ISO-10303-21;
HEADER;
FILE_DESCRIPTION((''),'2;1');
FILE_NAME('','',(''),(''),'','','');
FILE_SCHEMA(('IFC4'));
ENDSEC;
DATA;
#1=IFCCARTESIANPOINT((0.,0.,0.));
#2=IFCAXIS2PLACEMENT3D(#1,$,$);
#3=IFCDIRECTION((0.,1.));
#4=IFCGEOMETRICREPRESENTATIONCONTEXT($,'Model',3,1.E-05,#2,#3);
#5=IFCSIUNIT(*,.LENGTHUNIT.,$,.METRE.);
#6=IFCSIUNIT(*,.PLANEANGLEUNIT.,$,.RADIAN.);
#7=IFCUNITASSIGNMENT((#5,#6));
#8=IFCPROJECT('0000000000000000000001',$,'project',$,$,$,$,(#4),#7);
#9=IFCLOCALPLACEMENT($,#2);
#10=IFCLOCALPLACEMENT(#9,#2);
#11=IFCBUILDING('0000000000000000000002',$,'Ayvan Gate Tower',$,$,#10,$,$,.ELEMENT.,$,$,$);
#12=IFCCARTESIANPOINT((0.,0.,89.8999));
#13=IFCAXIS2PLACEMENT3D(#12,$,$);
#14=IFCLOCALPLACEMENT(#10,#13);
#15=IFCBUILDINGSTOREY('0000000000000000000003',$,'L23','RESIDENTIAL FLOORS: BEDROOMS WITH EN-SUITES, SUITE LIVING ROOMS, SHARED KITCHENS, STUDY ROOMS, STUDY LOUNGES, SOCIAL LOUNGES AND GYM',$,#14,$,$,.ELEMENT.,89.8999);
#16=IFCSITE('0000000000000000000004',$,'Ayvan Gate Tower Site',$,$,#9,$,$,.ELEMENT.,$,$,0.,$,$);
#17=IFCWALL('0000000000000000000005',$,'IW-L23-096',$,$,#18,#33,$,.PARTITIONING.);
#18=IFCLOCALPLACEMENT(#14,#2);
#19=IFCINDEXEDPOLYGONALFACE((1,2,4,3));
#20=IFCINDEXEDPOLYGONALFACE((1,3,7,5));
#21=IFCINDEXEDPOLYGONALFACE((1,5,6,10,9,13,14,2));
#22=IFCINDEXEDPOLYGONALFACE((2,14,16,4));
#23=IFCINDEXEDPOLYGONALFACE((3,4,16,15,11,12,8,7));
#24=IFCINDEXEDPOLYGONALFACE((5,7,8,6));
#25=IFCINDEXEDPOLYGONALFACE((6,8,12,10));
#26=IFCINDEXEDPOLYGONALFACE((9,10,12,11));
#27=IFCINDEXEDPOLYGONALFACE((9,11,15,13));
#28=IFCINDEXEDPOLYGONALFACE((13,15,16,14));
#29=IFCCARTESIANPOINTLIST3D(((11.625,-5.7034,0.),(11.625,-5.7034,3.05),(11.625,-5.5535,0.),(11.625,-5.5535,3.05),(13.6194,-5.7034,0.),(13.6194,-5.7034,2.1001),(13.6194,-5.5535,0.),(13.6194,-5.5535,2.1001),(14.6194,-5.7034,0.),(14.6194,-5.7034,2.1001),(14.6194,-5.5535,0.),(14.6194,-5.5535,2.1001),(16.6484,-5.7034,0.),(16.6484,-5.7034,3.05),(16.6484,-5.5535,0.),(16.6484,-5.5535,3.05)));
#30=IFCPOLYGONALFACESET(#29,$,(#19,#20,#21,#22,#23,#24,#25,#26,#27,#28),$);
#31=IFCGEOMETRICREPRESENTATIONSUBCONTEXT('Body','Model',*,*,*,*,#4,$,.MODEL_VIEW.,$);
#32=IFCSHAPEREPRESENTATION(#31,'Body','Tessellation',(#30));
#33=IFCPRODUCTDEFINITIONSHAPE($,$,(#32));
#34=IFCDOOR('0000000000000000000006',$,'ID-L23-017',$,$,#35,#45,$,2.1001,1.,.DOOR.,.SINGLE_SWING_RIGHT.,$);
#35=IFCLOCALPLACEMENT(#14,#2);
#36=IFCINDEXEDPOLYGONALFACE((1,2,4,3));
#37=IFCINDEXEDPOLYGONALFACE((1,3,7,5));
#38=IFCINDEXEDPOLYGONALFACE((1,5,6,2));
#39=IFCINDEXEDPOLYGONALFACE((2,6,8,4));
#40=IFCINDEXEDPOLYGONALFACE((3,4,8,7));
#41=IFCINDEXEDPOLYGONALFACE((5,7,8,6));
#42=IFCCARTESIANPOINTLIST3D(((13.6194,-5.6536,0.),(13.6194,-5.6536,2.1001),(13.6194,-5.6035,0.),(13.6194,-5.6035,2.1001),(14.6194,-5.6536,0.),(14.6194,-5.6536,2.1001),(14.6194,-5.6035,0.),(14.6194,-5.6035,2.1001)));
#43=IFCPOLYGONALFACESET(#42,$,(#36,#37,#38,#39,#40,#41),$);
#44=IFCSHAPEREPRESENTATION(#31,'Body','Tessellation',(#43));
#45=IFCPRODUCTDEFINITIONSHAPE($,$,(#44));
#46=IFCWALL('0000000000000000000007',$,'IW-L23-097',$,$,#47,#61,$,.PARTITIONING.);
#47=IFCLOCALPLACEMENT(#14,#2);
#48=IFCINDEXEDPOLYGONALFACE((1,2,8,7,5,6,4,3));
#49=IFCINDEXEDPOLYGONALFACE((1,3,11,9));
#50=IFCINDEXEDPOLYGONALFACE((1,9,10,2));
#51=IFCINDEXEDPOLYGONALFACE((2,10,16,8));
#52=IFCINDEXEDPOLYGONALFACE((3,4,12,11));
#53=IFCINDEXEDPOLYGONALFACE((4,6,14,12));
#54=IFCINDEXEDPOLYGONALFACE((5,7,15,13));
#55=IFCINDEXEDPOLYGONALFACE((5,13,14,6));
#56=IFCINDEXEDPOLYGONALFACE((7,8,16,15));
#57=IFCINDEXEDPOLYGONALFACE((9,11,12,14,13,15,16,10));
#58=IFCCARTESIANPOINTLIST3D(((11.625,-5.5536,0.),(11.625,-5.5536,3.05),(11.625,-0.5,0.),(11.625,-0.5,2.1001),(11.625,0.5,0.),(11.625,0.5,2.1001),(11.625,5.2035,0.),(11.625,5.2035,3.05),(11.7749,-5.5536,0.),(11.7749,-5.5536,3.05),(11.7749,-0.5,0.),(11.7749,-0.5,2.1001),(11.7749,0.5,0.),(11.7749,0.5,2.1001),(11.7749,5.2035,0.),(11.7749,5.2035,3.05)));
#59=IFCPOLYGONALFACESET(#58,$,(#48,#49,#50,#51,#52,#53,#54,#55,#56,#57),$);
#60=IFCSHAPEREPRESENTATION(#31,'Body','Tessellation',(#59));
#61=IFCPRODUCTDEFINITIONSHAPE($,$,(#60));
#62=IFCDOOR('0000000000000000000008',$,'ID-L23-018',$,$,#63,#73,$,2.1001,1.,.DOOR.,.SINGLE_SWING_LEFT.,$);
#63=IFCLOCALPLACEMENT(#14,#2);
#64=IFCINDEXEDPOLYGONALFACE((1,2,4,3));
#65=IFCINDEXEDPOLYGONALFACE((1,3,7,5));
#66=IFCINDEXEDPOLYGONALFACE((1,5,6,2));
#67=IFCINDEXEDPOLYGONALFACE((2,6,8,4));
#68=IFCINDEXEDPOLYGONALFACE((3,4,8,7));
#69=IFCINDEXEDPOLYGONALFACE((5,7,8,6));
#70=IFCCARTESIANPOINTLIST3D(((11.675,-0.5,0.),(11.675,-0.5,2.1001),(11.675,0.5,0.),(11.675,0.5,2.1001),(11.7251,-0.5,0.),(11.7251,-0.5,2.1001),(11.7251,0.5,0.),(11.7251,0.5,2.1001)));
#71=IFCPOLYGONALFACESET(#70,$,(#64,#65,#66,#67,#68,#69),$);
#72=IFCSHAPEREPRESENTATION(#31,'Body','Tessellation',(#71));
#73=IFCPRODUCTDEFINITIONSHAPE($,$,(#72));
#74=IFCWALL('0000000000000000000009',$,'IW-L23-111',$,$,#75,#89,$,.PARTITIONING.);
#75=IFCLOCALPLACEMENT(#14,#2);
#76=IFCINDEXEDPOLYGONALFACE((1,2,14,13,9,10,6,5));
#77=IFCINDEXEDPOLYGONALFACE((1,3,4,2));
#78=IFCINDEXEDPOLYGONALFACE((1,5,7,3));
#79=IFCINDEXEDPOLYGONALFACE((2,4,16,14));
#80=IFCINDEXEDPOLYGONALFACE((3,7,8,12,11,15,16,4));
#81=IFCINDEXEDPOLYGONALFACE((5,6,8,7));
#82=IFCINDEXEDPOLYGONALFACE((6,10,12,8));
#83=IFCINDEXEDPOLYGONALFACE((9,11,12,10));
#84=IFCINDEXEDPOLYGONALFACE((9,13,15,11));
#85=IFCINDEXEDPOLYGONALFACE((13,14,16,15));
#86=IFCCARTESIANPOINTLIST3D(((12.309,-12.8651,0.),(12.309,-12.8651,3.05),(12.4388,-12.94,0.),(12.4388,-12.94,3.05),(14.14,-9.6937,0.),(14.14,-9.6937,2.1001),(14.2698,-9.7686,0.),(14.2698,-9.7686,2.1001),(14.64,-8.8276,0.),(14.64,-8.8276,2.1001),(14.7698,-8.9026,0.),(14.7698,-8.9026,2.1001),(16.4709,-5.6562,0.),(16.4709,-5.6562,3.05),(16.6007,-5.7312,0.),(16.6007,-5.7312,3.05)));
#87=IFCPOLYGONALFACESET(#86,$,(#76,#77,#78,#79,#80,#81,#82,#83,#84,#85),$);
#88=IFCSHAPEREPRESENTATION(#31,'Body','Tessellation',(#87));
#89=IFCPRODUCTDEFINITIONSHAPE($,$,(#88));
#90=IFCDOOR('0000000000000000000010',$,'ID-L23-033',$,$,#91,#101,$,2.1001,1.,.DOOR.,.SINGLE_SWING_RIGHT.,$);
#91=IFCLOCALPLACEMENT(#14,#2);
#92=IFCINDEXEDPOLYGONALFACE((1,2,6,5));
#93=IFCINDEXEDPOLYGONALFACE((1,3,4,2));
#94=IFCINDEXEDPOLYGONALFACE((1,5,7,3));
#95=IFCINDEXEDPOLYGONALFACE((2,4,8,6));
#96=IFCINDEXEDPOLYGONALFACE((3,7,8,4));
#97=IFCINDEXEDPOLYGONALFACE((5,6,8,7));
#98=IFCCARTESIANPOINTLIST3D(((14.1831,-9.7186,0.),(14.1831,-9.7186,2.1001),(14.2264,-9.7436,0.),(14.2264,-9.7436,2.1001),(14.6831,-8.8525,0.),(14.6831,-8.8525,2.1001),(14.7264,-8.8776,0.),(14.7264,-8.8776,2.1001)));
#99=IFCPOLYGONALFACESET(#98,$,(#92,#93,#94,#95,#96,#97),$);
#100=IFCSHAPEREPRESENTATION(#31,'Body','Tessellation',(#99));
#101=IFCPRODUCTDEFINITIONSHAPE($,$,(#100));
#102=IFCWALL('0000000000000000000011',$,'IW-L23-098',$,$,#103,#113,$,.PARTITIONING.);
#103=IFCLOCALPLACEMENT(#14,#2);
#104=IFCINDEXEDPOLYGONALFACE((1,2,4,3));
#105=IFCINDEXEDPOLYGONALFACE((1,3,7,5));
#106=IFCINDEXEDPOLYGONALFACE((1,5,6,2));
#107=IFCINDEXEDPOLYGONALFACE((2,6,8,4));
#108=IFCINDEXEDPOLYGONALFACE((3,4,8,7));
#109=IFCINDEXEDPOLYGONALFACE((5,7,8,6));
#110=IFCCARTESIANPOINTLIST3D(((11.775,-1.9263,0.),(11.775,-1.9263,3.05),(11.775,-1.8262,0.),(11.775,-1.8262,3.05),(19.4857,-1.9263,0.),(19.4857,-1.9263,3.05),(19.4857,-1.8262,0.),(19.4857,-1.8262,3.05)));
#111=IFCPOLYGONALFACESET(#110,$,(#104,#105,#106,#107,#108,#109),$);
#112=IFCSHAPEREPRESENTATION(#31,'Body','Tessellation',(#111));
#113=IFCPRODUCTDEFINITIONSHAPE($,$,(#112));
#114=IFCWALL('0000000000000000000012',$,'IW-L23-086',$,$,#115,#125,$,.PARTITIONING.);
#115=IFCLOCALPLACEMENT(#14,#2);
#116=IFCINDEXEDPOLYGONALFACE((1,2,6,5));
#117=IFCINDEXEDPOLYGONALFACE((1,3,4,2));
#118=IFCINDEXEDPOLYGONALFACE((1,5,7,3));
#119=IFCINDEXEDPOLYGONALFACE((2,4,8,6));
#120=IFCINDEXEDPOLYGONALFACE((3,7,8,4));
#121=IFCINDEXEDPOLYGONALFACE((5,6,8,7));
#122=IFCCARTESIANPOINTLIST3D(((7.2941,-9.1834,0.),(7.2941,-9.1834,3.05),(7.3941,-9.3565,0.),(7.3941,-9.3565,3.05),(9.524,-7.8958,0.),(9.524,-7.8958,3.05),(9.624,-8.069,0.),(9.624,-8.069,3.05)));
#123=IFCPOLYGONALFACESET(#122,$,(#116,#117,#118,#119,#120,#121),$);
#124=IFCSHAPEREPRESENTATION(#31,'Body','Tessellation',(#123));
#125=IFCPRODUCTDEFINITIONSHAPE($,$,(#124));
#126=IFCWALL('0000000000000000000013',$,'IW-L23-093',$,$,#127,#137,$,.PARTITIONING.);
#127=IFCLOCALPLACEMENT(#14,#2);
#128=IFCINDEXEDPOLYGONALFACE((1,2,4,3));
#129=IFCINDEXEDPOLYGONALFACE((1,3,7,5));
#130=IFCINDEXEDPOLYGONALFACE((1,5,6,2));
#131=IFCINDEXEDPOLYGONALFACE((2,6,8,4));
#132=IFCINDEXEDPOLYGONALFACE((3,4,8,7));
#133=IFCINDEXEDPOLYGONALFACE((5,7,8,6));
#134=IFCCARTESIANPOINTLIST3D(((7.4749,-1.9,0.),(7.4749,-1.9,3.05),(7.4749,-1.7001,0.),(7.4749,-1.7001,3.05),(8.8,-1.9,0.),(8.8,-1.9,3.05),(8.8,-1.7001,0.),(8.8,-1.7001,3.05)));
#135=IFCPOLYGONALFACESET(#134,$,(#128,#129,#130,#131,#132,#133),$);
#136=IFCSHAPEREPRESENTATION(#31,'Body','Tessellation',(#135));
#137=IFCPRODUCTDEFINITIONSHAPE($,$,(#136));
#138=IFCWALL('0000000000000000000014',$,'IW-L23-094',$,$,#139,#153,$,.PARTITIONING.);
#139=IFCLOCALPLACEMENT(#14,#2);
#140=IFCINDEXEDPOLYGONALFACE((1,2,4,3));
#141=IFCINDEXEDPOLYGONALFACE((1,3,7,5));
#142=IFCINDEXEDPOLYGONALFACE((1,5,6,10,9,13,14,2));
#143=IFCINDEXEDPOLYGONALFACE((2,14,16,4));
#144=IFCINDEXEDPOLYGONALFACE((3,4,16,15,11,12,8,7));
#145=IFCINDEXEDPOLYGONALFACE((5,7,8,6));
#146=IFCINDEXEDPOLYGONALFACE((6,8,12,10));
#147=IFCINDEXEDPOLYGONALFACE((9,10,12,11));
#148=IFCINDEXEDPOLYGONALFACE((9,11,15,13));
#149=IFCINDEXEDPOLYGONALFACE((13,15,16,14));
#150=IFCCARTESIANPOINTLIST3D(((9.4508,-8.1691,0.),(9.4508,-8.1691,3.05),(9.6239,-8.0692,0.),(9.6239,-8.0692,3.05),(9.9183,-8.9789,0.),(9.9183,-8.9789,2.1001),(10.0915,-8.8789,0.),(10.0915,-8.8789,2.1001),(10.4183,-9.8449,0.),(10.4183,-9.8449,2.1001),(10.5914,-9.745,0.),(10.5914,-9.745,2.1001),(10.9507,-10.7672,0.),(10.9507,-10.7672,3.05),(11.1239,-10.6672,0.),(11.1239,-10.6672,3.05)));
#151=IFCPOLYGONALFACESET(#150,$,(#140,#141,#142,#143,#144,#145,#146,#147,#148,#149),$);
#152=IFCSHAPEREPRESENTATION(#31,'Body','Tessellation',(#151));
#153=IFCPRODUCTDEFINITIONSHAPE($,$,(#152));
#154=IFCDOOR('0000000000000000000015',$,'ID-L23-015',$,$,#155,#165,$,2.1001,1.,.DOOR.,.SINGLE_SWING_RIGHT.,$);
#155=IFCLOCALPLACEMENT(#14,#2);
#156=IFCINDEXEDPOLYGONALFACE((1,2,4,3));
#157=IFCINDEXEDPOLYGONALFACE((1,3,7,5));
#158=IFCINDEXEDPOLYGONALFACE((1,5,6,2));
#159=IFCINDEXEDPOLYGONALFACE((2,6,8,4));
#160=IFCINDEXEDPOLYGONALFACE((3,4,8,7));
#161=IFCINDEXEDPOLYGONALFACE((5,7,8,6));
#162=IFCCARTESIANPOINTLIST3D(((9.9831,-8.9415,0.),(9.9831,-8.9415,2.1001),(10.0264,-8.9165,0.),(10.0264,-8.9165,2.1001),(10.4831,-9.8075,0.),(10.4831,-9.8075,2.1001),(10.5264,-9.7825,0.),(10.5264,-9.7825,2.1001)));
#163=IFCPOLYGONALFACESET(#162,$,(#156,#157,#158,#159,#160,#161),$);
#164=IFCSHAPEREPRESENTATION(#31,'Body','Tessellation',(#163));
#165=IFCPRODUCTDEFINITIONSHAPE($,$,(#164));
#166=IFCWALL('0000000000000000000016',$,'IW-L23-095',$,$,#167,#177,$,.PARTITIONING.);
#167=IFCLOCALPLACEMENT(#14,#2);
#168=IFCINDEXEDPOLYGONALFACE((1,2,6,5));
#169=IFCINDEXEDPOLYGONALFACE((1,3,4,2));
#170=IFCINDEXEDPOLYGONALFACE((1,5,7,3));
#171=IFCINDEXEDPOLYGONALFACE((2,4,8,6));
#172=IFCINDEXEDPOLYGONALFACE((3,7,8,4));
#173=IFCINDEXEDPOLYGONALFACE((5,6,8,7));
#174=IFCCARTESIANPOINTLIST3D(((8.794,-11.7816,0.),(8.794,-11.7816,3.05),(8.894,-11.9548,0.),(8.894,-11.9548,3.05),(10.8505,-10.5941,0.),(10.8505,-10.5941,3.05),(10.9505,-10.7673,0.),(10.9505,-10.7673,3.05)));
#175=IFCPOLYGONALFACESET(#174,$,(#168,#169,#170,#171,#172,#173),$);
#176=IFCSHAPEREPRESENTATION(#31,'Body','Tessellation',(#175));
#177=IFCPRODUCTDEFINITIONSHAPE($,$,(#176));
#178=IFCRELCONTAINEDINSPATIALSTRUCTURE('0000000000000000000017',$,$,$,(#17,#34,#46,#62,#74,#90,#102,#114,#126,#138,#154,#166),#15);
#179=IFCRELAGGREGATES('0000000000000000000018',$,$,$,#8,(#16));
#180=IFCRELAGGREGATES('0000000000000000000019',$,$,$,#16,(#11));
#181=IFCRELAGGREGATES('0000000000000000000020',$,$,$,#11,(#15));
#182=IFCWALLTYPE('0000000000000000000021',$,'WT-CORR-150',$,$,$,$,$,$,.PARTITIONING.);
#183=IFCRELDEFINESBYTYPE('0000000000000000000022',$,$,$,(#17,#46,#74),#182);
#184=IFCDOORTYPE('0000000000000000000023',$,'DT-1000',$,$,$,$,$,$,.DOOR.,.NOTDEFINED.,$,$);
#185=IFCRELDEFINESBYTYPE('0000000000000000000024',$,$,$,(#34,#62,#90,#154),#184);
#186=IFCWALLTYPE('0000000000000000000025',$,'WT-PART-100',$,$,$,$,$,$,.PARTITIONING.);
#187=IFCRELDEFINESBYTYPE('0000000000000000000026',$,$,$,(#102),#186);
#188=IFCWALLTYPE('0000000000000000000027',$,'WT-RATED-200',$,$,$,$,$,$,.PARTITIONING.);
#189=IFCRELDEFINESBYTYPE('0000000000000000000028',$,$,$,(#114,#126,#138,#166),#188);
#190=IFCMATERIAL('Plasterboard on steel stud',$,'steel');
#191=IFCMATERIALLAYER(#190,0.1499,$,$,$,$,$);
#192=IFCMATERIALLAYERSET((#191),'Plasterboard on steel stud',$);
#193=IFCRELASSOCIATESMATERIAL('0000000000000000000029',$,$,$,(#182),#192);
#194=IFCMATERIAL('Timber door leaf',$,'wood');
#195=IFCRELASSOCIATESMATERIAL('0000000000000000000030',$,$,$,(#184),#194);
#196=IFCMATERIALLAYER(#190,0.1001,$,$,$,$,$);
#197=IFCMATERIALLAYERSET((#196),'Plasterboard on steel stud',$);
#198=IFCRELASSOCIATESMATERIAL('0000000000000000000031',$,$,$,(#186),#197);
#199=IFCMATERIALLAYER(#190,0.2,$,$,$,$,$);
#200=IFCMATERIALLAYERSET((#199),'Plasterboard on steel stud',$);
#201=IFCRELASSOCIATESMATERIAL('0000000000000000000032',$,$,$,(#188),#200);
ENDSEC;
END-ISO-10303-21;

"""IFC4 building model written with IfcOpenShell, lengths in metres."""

from ifc_helpers import new_model, si_unit, direction, frame, frame_2d, origin, place, context, subcontext, project, spatial, rectangle, extrude, material, layer, layer_set, type_object, element, fill, save


model = new_model("IFC4")

# Units and contexts
model_context = context("Model", 3, precision=1e-05, world=origin(), true_north=direction((0.0, 1.0)))
body_context = subcontext(model_context, "Body", "Model", "MODEL_VIEW")
ifc_project = project(units=[si_unit("LENGTHUNIT", "METRE"), si_unit("PLANEANGLEUNIT", "RADIAN")], contexts=[model_context])

# Site, building, storey
site_placement = place(None, origin())
site = spatial("IfcSite", under=ifc_project, at=site_placement, Name="Ayvan Gate Tower Site", CompositionType="ELEMENT", RefElevation=0.0)
building_placement = place(site_placement, origin())
building = spatial("IfcBuilding", under=site, at=building_placement, Name="Ayvan Gate Tower", CompositionType="ELEMENT")
storey_placement = place(building_placement, frame((0.0, 0.0, 89.8999)))
storey = spatial("IfcBuildingStorey", under=building, at=storey_placement, Name="L23", Description="RESIDENTIAL FLOORS: BEDROOMS WITH EN-SUITES, SUITE LIVING ROOMS, SHARED KITCHENS, STUDY ROOMS, STUDY LOUNGES, SOCIAL LOUNGES AND GYM", CompositionType="ELEMENT", Elevation=89.8999)

# Walls, openings, doors
ifc_material_1 = material(Name="Timber door leaf", Category="wood")
ifc_material_2 = material(Name="Plasterboard on steel stud", Category="steel")
ifc_layer_1 = layer(ifc_material_2, 0.1499)
ifc_layer_set_1 = layer_set([ifc_layer_1], Name="Plasterboard on steel stud")
wall_type_1 = type_object("IfcWallType", Name="WT-CORR-150", PredefinedType="PARTITIONING", material=ifc_layer_set_1)
wall_1_placement = place(storey_placement, frame((11.625, -5.6284, 0.0), z_axis=(0.0, 0.0, 1.0), x_axis=(1.0, 0.0, 0.0)))
wall_1 = element("IfcWall", 1, at=wall_1_placement, inside=storey, type_object=wall_type_1, Name="IW-L23-096", PredefinedType="PARTITIONING", context=body_context, shape_type="SweptSolid", body=[
    extrude(rectangle(XDim=5.0234, YDim=0.1499, at=frame_2d((2.5117, 0.0))), origin(), (0.0, 0.0, 1.0), 3.05),
])
opening_1_placement = place(wall_1_placement, frame((1.9944, 0.0, 0.0)))
opening_1 = element("IfcOpeningElement", 2, at=opening_1_placement, cuts=wall_1, PredefinedType="OPENING", context=body_context, shape_type="SweptSolid", body=[
    extrude(rectangle(XDim=1.0, YDim=2.1001, at=frame_2d((0.5, 1.05))), frame((0.0, 0.085, 0.0), z_axis=(0.0, -1.0, 0.0), x_axis=(1.0, 0.0, 0.0)), (0.0, 0.0, 1.0), 0.1699),
])
door_type_1 = type_object("IfcDoorType", Name="DT-1000", OperationType="NOTDEFINED", PredefinedType="DOOR", material=ifc_material_1)
door_1_placement = place(opening_1_placement, origin())
door_1 = element("IfcDoor", 3, at=door_1_placement, inside=storey, type_object=door_type_1, Name="ID-L23-017", OperationType="SINGLE_SWING_RIGHT", OverallHeight=2.1001, OverallWidth=1.0, PredefinedType="DOOR", context=body_context, shape_type="SweptSolid", body=[
    extrude(rectangle(XDim=1.0, YDim=2.1001, at=frame_2d((0.5, 1.05))), frame((0.0, 0.0249, 0.0), z_axis=(0.0, -1.0, 0.0), x_axis=(1.0, 0.0, 0.0)), (0.0, 0.0, 1.0), 0.05),
])
fill(opening_1, door_1)
wall_2_placement = place(storey_placement, frame((11.7, -5.5535, 0.0), z_axis=(0.0, 0.0, 1.0), x_axis=(0.0, 1.0, 0.0)))
wall_2 = element("IfcWall", 4, at=wall_2_placement, inside=storey, type_object=wall_type_1, Name="IW-L23-097", PredefinedType="PARTITIONING", context=body_context, shape_type="SweptSolid", body=[
    extrude(rectangle(XDim=10.7571, YDim=0.1499, at=frame_2d((5.3784, 0.0))), origin(), (0.0, 0.0, 1.0), 3.05),
])
opening_2_placement = place(wall_2_placement, frame((5.0535, 0.0, 0.0)))
opening_2 = element("IfcOpeningElement", 5, at=opening_2_placement, cuts=wall_2, PredefinedType="OPENING", context=body_context, shape_type="SweptSolid", body=[
    extrude(rectangle(XDim=1.0, YDim=2.1001, at=frame_2d((0.5, 1.05))), frame((0.0, 0.085, 0.0), z_axis=(0.0, -1.0, 0.0), x_axis=(1.0, 0.0, 0.0)), (0.0, 0.0, 1.0), 0.1699),
])
door_2_placement = place(opening_2_placement, origin())
door_2 = element("IfcDoor", 6, at=door_2_placement, inside=storey, type_object=door_type_1, Name="ID-L23-018", OperationType="SINGLE_SWING_LEFT", OverallHeight=2.1001, OverallWidth=1.0, PredefinedType="DOOR", context=body_context, shape_type="SweptSolid", body=[
    extrude(rectangle(XDim=1.0, YDim=2.1001, at=frame_2d((0.5, 1.05))), frame((0.0, 0.0249, 0.0), z_axis=(0.0, -1.0, 0.0), x_axis=(1.0, 0.0, 0.0)), (0.0, 0.0, 1.0), 0.05),
])
fill(opening_2, door_2)
wall_3_placement = place(storey_placement, frame((16.5359, -5.6936, 0.0), z_axis=(0.0, 0.0, 1.0), x_axis=(-0.499991, -0.866031, 0.0)))
wall_3 = element("IfcWall", 7, at=wall_3_placement, inside=storey, type_object=wall_type_1, Name="IW-L23-111", PredefinedType="PARTITIONING", context=body_context, shape_type="SweptSolid", body=[
    extrude(rectangle(XDim=8.324, YDim=0.1499, at=frame_2d((4.1621, 0.0))), origin(), (0.0, 0.0, 1.0), 3.05),
])
opening_3_placement = place(wall_3_placement, frame((3.6621, 0.0, 0.0)))
opening_3 = element("IfcOpeningElement", 8, at=opening_3_placement, cuts=wall_3, PredefinedType="OPENING", context=body_context, shape_type="SweptSolid", body=[
    extrude(rectangle(XDim=1.0, YDim=2.1001, at=frame_2d((0.5, 1.05))), frame((0.0, 0.085, 0.0), z_axis=(0.0, -1.0, 0.0), x_axis=(1.0, 0.0, 0.0)), (0.0, 0.0, 1.0), 0.1699),
])
door_3_placement = place(opening_3_placement, origin())
door_3 = element("IfcDoor", 9, at=door_3_placement, inside=storey, type_object=door_type_1, Name="ID-L23-033", OperationType="SINGLE_SWING_RIGHT", OverallHeight=2.1001, OverallWidth=1.0, PredefinedType="DOOR", context=body_context, shape_type="SweptSolid", body=[
    extrude(rectangle(XDim=1.0, YDim=2.1001, at=frame_2d((0.5, 1.05))), frame((0.0, 0.0249, 0.0), z_axis=(0.0, -1.0, 0.0), x_axis=(1.0, 0.0, 0.0)), (0.0, 0.0, 1.0), 0.05),
])
fill(opening_3, door_3)

# Walls
ifc_layer_2 = layer(ifc_material_2, 0.1001)
ifc_layer_set_2 = layer_set([ifc_layer_2], Name="Plasterboard on steel stud")
wall_type_2 = type_object("IfcWallType", Name="WT-PART-100", PredefinedType="PARTITIONING", material=ifc_layer_set_2)
wall_4_placement = place(storey_placement, frame((11.7749, -1.8762, 0.0), z_axis=(0.0, 0.0, 1.0), x_axis=(1.0, 0.0, 0.0)))
element("IfcWall", 10, at=wall_4_placement, inside=storey, type_object=wall_type_2, Name="IW-L23-098", PredefinedType="PARTITIONING", context=body_context, shape_type="SweptSolid", body=[
    extrude(rectangle(XDim=7.7107, YDim=0.1001, at=frame_2d((3.8555, 0.0))), origin(), (0.0, 0.0, 1.0), 3.05),
])
ifc_layer_3 = layer(ifc_material_2, 0.2)
ifc_layer_set_3 = layer_set([ifc_layer_3], Name="Plasterboard on steel stud")
wall_type_3 = type_object("IfcWallType", Name="WT-RATED-200", PredefinedType="PARTITIONING", material=ifc_layer_set_3)
wall_5_placement = place(storey_placement, frame((7.344, -9.27, 0.0), z_axis=(0.0, 0.0, 1.0), x_axis=(0.866006, 0.500034, 0.0)))
element("IfcWall", 11, at=wall_5_placement, inside=storey, type_object=wall_type_3, Name="IW-L23-086", PredefinedType="PARTITIONING", context=body_context, shape_type="SweptSolid", body=[
    extrude(rectangle(XDim=2.575, YDim=0.2, at=frame_2d((1.2876, 0.0))), origin(), (0.0, 0.0, 1.0), 3.05),
])
wall_6_placement = place(storey_placement, frame((8.8, -1.8, 0.0), z_axis=(0.0, 0.0, 1.0), x_axis=(-1.0, 0.0, 0.0)))
element("IfcWall", 12, at=wall_6_placement, inside=storey, type_object=wall_type_3, Name="IW-L23-093", PredefinedType="PARTITIONING", context=body_context, shape_type="SweptSolid", body=[
    extrude(rectangle(XDim=1.3252, YDim=0.2, at=frame_2d((0.6626, 0.0))), origin(), (0.0, 0.0, 1.0), 3.05),
])

# Wall, opening, door
wall_7_placement = place(storey_placement, frame((9.5374, -8.1191, 0.0), z_axis=(0.0, 0.0, 1.0), x_axis=(0.49999, -0.866031, 0.0)))
wall_7 = element("IfcWall", 13, at=wall_7_placement, inside=storey, type_object=wall_type_3, Name="IW-L23-094", PredefinedType="PARTITIONING", context=body_context, shape_type="SweptSolid", body=[
    extrude(rectangle(XDim=3.0, YDim=0.2, at=frame_2d((1.5, 0.0))), origin(), (0.0, 0.0, 1.0), 3.05),
])
opening_4_placement = place(wall_7_placement, frame((0.9351, 0.0, 0.0)))
opening_4 = element("IfcOpeningElement", 14, at=opening_4_placement, cuts=wall_7, PredefinedType="OPENING", context=body_context, shape_type="SweptSolid", body=[
    extrude(rectangle(XDim=1.0, YDim=2.1001, at=frame_2d((0.5, 1.05))), frame((0.0, 0.1099, 0.0), z_axis=(0.0, -1.0, 0.0), x_axis=(1.0, 0.0, 0.0)), (0.0, 0.0, 1.0), 0.22),
])
door_4_placement = place(opening_4_placement, origin())
door_4 = element("IfcDoor", 15, at=door_4_placement, inside=storey, type_object=door_type_1, Name="ID-L23-015", OperationType="SINGLE_SWING_RIGHT", OverallHeight=2.1001, OverallWidth=1.0, PredefinedType="DOOR", context=body_context, shape_type="SweptSolid", body=[
    extrude(rectangle(XDim=1.0, YDim=2.1001, at=frame_2d((0.5, 1.05))), frame((0.0, 0.0249, 0.0), z_axis=(0.0, -1.0, 0.0), x_axis=(1.0, 0.0, 0.0)), (0.0, 0.0, 1.0), 0.05),
])
fill(opening_4, door_4)

# Wall
wall_8_placement = place(storey_placement, frame((10.9006, -10.6807, 0.0), z_axis=(0.0, 0.0, 1.0), x_axis=(-0.866008, -0.500031, 0.0)))
element("IfcWall", 16, at=wall_8_placement, inside=storey, type_object=wall_type_3, Name="IW-L23-095", PredefinedType="PARTITIONING", context=body_context, shape_type="SweptSolid", body=[
    extrude(rectangle(XDim=2.3748, YDim=0.2, at=frame_2d((1.1875, 0.0))), origin(), (0.0, 0.0, 1.0), 3.05),
])

save(model, "model.ifc")
